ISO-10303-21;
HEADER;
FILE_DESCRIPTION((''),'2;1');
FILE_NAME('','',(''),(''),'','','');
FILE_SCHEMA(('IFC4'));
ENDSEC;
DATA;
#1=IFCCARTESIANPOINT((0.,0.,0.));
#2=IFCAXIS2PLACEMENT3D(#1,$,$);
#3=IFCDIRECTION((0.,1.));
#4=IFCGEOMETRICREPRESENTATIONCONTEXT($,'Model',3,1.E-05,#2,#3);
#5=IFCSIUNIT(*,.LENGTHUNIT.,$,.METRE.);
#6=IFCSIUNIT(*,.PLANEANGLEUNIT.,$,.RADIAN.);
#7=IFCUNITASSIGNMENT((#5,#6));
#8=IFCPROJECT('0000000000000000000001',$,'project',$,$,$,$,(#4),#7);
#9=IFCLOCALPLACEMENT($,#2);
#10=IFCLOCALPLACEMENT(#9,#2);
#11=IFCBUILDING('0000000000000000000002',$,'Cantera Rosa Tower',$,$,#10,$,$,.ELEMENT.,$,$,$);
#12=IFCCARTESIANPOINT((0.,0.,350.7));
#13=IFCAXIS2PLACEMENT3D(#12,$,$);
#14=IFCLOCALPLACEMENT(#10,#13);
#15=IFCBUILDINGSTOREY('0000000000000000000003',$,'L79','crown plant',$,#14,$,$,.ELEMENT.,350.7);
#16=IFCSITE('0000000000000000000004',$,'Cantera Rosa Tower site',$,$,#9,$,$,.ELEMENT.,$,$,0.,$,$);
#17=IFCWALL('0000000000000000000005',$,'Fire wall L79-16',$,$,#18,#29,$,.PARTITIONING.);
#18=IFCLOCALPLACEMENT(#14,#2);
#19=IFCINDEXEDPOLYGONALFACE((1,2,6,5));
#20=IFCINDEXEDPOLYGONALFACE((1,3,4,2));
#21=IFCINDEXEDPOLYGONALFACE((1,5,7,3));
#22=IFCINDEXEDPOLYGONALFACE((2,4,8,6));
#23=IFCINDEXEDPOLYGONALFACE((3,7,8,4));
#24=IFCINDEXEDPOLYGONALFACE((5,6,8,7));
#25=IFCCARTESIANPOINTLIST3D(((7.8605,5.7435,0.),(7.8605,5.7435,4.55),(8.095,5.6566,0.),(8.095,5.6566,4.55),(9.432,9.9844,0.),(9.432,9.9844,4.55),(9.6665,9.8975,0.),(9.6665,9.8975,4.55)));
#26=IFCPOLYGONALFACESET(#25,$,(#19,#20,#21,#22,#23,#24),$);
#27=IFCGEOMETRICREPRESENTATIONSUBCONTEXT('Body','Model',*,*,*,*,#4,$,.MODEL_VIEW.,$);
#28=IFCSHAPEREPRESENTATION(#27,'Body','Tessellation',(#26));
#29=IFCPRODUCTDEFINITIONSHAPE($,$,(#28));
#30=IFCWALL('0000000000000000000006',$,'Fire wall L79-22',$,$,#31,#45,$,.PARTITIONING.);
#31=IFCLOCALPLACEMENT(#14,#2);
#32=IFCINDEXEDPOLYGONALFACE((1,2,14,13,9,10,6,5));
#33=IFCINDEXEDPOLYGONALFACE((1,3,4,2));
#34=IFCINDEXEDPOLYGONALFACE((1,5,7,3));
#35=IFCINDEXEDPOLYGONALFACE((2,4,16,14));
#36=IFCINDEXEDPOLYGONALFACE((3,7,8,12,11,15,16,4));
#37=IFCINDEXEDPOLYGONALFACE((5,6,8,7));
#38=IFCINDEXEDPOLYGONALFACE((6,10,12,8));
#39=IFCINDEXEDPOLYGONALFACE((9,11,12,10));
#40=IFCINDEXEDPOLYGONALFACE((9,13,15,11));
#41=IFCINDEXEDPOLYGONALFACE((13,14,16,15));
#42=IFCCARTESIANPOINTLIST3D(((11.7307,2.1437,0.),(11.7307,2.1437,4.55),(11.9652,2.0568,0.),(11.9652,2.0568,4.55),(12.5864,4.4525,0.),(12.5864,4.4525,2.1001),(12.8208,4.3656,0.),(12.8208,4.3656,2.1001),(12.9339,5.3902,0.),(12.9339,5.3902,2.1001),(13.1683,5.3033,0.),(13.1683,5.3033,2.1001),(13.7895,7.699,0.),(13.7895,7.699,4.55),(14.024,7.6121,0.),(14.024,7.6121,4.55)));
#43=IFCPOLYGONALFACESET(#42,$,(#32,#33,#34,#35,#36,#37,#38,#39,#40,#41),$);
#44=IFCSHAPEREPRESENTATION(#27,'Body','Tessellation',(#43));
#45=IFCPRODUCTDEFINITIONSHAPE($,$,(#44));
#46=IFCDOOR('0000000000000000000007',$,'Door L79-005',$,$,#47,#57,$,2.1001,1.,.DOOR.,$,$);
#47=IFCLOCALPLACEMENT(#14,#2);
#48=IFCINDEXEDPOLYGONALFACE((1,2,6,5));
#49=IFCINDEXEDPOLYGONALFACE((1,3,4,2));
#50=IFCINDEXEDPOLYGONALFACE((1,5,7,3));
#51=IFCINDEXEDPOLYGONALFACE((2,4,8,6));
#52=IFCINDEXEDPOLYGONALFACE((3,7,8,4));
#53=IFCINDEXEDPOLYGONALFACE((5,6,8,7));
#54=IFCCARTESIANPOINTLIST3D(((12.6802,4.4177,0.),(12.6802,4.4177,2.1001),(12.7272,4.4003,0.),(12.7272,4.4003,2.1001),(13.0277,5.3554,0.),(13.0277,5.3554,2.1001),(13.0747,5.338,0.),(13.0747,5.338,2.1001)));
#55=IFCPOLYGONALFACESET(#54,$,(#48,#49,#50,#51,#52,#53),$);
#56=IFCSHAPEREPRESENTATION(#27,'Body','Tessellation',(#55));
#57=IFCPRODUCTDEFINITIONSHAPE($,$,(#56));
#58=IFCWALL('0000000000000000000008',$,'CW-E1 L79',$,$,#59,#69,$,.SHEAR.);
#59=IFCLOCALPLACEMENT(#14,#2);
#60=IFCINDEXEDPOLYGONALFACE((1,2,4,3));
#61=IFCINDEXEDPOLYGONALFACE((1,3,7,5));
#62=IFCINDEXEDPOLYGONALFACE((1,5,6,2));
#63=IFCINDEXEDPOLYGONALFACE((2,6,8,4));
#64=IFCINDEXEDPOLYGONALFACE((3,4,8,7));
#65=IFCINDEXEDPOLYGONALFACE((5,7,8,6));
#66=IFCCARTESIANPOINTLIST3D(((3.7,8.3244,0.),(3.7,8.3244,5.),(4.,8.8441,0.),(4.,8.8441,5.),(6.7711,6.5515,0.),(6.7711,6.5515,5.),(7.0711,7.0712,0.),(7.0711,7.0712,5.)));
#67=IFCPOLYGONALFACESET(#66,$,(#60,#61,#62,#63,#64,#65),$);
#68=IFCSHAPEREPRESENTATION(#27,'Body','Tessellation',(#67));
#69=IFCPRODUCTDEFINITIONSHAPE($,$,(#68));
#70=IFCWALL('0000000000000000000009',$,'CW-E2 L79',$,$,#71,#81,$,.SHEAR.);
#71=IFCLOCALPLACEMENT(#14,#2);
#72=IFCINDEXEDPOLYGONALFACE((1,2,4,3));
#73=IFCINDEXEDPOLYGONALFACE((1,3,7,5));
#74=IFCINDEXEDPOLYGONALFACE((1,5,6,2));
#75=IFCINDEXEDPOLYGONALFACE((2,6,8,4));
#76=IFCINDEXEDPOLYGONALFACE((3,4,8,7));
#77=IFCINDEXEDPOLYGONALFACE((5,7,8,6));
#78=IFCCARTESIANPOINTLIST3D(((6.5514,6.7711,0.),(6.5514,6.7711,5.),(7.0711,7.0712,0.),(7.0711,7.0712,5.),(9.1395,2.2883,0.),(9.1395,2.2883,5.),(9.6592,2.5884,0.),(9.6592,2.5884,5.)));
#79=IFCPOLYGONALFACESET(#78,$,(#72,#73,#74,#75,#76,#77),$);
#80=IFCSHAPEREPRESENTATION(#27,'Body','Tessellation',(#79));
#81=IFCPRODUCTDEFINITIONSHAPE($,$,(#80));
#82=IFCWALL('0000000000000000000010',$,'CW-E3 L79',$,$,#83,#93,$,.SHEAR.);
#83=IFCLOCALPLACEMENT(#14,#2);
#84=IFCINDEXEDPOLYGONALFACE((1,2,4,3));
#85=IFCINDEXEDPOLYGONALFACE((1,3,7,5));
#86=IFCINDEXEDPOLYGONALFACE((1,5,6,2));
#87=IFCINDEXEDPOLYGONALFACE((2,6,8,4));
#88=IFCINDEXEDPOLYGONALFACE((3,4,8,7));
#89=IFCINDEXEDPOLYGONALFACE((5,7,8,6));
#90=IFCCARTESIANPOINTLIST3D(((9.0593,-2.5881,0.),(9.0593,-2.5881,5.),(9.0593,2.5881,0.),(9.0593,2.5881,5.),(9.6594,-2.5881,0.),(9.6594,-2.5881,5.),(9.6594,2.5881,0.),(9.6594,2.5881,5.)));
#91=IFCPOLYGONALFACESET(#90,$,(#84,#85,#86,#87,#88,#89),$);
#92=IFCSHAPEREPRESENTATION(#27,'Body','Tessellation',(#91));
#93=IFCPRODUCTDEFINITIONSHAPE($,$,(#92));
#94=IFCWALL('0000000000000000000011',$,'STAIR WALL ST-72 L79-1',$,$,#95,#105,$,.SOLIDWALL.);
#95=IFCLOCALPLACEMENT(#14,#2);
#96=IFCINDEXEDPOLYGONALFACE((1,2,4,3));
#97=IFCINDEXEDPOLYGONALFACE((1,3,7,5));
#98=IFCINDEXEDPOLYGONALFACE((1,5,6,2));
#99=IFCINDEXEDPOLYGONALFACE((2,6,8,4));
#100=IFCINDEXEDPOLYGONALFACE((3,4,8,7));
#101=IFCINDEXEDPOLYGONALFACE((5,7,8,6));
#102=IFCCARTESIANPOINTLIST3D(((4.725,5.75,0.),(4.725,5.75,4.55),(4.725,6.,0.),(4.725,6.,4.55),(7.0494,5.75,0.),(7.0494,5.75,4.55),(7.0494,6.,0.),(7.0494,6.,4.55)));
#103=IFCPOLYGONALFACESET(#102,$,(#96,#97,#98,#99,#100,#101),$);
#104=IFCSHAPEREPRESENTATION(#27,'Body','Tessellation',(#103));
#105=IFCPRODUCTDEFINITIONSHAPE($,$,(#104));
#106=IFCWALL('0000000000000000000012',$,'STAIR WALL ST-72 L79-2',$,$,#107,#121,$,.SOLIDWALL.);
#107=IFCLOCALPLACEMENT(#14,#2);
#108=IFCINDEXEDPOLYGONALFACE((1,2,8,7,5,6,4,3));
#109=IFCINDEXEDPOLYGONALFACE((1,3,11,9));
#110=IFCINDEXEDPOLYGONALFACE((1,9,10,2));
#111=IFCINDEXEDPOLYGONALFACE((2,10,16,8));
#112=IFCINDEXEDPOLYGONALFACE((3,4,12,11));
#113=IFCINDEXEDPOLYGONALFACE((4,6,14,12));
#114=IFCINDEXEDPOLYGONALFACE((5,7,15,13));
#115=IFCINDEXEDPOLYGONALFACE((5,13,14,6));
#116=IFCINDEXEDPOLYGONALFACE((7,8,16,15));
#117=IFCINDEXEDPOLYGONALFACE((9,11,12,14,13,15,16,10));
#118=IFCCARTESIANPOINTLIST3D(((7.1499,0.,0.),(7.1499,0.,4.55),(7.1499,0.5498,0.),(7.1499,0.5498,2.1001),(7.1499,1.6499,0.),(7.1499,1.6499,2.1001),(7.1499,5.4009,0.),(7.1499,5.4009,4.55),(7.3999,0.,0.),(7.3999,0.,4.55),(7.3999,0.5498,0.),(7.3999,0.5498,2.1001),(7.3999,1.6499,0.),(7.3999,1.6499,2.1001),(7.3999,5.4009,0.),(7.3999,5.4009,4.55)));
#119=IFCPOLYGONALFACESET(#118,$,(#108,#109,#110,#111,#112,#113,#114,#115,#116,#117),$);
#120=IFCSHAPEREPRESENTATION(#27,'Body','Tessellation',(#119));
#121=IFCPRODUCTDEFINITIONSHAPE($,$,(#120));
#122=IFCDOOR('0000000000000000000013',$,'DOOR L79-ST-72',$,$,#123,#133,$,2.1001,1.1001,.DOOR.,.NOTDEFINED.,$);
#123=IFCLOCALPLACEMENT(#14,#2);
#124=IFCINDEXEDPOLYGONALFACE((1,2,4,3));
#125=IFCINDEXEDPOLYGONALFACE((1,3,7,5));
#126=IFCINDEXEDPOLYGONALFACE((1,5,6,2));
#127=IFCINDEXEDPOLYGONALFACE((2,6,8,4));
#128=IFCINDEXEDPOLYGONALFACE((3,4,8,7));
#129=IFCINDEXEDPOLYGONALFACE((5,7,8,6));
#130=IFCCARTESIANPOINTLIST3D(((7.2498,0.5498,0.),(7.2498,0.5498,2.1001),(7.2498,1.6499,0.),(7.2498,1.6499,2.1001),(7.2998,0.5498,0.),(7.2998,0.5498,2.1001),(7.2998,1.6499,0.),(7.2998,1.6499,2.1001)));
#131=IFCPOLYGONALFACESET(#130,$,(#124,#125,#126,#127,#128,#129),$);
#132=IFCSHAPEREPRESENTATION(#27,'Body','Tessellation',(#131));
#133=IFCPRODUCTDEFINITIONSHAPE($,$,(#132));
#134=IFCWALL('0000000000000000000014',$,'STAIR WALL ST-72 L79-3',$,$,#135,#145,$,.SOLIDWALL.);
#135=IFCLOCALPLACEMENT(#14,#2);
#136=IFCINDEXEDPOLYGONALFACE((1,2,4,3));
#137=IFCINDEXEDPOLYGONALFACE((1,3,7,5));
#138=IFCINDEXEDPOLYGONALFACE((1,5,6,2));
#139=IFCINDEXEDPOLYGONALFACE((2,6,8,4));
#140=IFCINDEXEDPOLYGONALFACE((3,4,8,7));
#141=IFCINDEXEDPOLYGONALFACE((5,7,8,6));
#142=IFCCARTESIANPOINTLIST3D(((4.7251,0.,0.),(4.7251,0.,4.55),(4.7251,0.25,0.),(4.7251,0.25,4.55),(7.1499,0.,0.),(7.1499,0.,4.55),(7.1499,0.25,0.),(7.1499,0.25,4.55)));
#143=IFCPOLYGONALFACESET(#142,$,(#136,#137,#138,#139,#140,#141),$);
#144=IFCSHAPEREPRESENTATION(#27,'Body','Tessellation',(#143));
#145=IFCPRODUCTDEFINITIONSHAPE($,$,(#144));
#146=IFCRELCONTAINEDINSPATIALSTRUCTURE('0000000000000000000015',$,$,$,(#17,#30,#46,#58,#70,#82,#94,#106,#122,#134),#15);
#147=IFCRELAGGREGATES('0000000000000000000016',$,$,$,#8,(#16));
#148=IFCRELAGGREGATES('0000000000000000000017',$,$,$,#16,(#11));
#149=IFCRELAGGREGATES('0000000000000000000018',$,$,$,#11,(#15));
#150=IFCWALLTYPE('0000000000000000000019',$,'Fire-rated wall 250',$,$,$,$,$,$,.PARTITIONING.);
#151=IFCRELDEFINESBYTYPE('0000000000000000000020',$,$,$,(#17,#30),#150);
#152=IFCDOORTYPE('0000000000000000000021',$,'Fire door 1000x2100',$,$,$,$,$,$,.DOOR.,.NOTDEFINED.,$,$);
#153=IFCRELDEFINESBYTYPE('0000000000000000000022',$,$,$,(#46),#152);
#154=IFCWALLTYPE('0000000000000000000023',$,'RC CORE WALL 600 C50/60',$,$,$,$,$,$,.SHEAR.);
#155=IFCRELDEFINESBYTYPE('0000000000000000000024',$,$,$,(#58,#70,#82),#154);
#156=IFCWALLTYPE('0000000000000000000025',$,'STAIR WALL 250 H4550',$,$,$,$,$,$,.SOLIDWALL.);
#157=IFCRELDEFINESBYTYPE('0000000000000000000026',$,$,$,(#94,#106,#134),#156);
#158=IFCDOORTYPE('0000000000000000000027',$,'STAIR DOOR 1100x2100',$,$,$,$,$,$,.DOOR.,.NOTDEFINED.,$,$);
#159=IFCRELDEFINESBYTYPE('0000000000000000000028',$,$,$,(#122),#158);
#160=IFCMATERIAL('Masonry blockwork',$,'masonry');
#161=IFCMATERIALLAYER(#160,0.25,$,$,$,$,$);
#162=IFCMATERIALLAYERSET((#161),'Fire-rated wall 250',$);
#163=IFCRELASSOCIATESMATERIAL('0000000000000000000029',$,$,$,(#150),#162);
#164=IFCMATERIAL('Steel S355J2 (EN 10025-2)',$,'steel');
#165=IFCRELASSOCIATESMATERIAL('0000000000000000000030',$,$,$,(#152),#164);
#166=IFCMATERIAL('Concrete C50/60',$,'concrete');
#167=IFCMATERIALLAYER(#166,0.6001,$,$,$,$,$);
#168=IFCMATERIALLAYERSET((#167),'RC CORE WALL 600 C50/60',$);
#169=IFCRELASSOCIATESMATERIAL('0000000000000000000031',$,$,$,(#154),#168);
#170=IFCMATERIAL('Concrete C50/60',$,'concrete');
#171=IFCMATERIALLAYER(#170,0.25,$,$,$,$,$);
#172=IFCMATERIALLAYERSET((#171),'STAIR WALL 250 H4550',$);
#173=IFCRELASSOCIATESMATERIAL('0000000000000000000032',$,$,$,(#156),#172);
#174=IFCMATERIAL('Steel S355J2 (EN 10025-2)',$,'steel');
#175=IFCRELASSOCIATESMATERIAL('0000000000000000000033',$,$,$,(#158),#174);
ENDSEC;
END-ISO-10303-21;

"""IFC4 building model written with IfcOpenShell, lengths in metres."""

from ifc_helpers import new_model, si_unit, direction, frame, frame_2d, origin, place, context, subcontext, project, spatial, rectangle, extrude, material, layer, layer_set, type_object, element, fill, save


model = new_model("IFC4")

# Units and contexts
model_context = context("Model", 3, precision=1e-05, world=origin(), true_north=direction((0.0, 1.0)))
body_context = subcontext(model_context, "Body", "Model", "MODEL_VIEW")
ifc_project = project(units=[si_unit("LENGTHUNIT", "METRE"), si_unit("PLANEANGLEUNIT", "RADIAN")], contexts=[model_context])

# Site, building, storey
site_placement = place(None, origin())
site = spatial("IfcSite", under=ifc_project, at=site_placement, Name="Cantera Rosa Tower site", CompositionType="ELEMENT", RefElevation=0.0)
building_placement = place(site_placement, origin())
building = spatial("IfcBuilding", under=site, at=building_placement, Name="Cantera Rosa Tower", CompositionType="ELEMENT")
storey_placement = place(building_placement, frame((0.0, 0.0, 350.7)))
storey = spatial("IfcBuildingStorey", under=building, at=storey_placement, Name="L79", Description="crown plant", CompositionType="ELEMENT", Elevation=350.7)

# Wall
ifc_material_1 = material(Name="Masonry blockwork", Category="masonry")
ifc_layer_1 = layer(ifc_material_1, 0.25)
ifc_layer_set_1 = layer_set([ifc_layer_1], Name="Fire-rated wall 250")
wall_type_1 = type_object("IfcWallType", Name="Fire-rated wall 250", PredefinedType="PARTITIONING", material=ifc_layer_set_1)
wall_1_placement = place(storey_placement, frame((7.9778, 5.7002, 0.0), z_axis=(0.0, 0.0, 1.0), x_axis=(0.347471, 0.937691, 0.0)))
element("IfcWall", 1, at=wall_1_placement, inside=storey, type_object=wall_type_1, Name="Fire wall L79-16", PredefinedType="PARTITIONING", context=body_context, shape_type="SweptSolid", body=[
    extrude(rectangle(XDim=4.5227, YDim=0.25, at=frame_2d((2.2612, 0.0))), origin(), (0.0, 0.0, 1.0), 4.55),
])

# Wall, opening, door
wall_2_placement = place(storey_placement, frame((11.8479, 2.1001, 0.0), z_axis=(0.0, 0.0, 1.0), x_axis=(0.347504, 0.937679, 0.0)))
wall_2 = element("IfcWall", 2, at=wall_2_placement, inside=storey, type_object=wall_type_1, Name="Fire wall L79-22", PredefinedType="PARTITIONING", context=body_context, shape_type="SweptSolid", body=[
    extrude(rectangle(XDim=5.9246, YDim=0.25, at=frame_2d((2.9624, 0.0))), origin(), (0.0, 0.0, 1.0), 4.55),
])
opening_1_placement = place(wall_2_placement, frame((2.4624, 0.0, 0.0)))
opening_1 = element("IfcOpeningElement", 3, at=opening_1_placement, cuts=wall_2, PredefinedType="OPENING", context=body_context, shape_type="SweptSolid", body=[
    extrude(rectangle(XDim=1.0, YDim=2.1001, at=frame_2d((0.5, 1.05))), frame((0.0, 0.135, 0.0), z_axis=(0.0, -1.0, 0.0), x_axis=(1.0, 0.0, 0.0)), (0.0, 0.0, 1.0), 0.27),
])
ifc_material_2 = material(Name="Steel S355J2 (EN 10025-2)", Category="steel")
door_type_1 = type_object("IfcDoorType", Name="Fire door 1000x2100", OperationType="NOTDEFINED", PredefinedType="DOOR", material=ifc_material_2)
door_1_placement = place(opening_1_placement, origin())
door_1 = element("IfcDoor", 4, at=door_1_placement, inside=storey, type_object=door_type_1, Name="Door L79-005", OverallHeight=2.1001, OverallWidth=1.0, PredefinedType="DOOR", context=body_context, shape_type="SweptSolid", body=[
    extrude(rectangle(XDim=1.0, YDim=2.1001, at=frame_2d((0.5, 1.05))), frame((0.0, 0.0249, 0.0), z_axis=(0.0, -1.0, 0.0), x_axis=(1.0, 0.0, 0.0)), (0.0, 0.0, 1.0), 0.05),
])
fill(opening_1, door_1)

# Walls
ifc_material_3 = material(Name="Concrete C50/60", Category="concrete")
ifc_layer_2 = layer(ifc_material_3, 0.6001)
ifc_layer_set_2 = layer_set([ifc_layer_2], Name="RC CORE WALL 600 C50/60")
wall_type_2 = type_object("IfcWallType", Name="RC CORE WALL 600 C50/60", PredefinedType="SHEAR", material=ifc_layer_set_2)
wall_3_placement = place(storey_placement, frame((3.8501, 8.5842, 0.0), z_axis=(0.0, 0.0, 1.0), x_axis=(0.86604, -0.499975, 0.0)))
element("IfcWall", 5, at=wall_3_placement, inside=storey, type_object=wall_type_2, Name="CW-E1 L79", PredefinedType="SHEAR", context=body_context, shape_type="SweptSolid", body=[
    extrude(rectangle(XDim=3.5461, YDim=0.6001, at=frame_2d((1.7729, 0.0))), origin(), (0.0, 0.0, 1.0), 5.0),
])
for number, where, z_axis, x_axis, name in (
    (6, (6.8113, 6.9211, 0.0), (0.0, 0.0, 1.0), (0.499989, -0.866032, 0.0), "CW-E2 L79"),
    (7, (9.3594, 2.5881, 0.0), (0.0, 0.0, 1.0), (0.0, -1.0, 0.0), "CW-E3 L79"),
):
    element("IfcWall", number, at=place(storey_placement, frame(where, z_axis=z_axis, x_axis=x_axis)), inside=storey, type_object=wall_type_2, Name=name, PredefinedType="SHEAR", context=body_context, shape_type="SweptSolid", body=[
        extrude(rectangle(XDim=5.1763, YDim=0.6001, at=frame_2d((2.5881, 0.0))), origin(), (0.0, 0.0, 1.0), 5.0),
    ])
ifc_material_4 = material(Name="Concrete C50/60", Category="concrete")
ifc_layer_3 = layer(ifc_material_4, 0.25)
ifc_layer_set_3 = layer_set([ifc_layer_3], Name="STAIR WALL 250 H4550")
wall_type_3 = type_object("IfcWallType", Name="STAIR WALL 250 H4550", PredefinedType="SOLIDWALL", material=ifc_layer_set_3)
wall_4_placement = place(storey_placement, frame((4.7251, 5.875, 0.0), z_axis=(0.0, 0.0, 1.0), x_axis=(1.0, 0.0, 0.0)))
element("IfcWall", 8, at=wall_4_placement, inside=storey, type_object=wall_type_3, Name="STAIR WALL ST-72 L79-1", PredefinedType="SOLIDWALL", context=body_context, shape_type="SweptSolid", body=[
    extrude(rectangle(XDim=2.3245, YDim=0.25, at=frame_2d((1.1621, 0.0))), origin(), (0.0, 0.0, 1.0), 4.55),
])

# Wall, opening, door
wall_5_placement = place(storey_placement, frame((7.2749, 5.4009, 0.0), z_axis=(0.0, 0.0, 1.0), x_axis=(0.0, -1.0, 0.0)))
wall_5 = element("IfcWall", 9, at=wall_5_placement, inside=storey, type_object=wall_type_3, Name="STAIR WALL ST-72 L79-2", PredefinedType="SOLIDWALL", context=body_context, shape_type="SweptSolid", body=[
    extrude(rectangle(XDim=5.4009, YDim=0.25, at=frame_2d((2.7004, 0.0))), origin(), (0.0, 0.0, 1.0), 4.55),
])
opening_2_placement = place(wall_5_placement, frame((3.751, 0.0, 0.0)))
opening_2 = element("IfcOpeningElement", 10, at=opening_2_placement, cuts=wall_5, PredefinedType="OPENING", context=body_context, shape_type="SweptSolid", body=[
    extrude(rectangle(XDim=1.1001, YDim=2.1001, at=frame_2d((0.55, 1.05))), frame((0.0, 0.135, 0.0), z_axis=(0.0, -1.0, 0.0), x_axis=(1.0, 0.0, 0.0)), (0.0, 0.0, 1.0), 0.27),
])
ifc_material_5 = material(Name="Steel S355J2 (EN 10025-2)", Category="steel")
door_type_2 = type_object("IfcDoorType", Name="STAIR DOOR 1100x2100", OperationType="NOTDEFINED", PredefinedType="DOOR", material=ifc_material_5)
door_2_placement = place(opening_2_placement, origin())
door_2 = element("IfcDoor", 11, at=door_2_placement, inside=storey, type_object=door_type_2, Name="DOOR L79-ST-72", OperationType="NOTDEFINED", OverallHeight=2.1001, OverallWidth=1.1001, PredefinedType="DOOR", context=body_context, shape_type="SweptSolid", body=[
    extrude(rectangle(XDim=1.1001, YDim=2.1001, at=frame_2d((0.55, 1.05))), frame((0.0, 0.0249, 0.0), z_axis=(0.0, -1.0, 0.0), x_axis=(1.0, 0.0, 0.0)), (0.0, 0.0, 1.0), 0.05),
])
fill(opening_2, door_2)

# Wall
wall_6_placement = place(storey_placement, frame((7.1499, 0.125, 0.0), z_axis=(0.0, 0.0, 1.0), x_axis=(-1.0, 0.0, 0.0)))
element("IfcWall", 12, at=wall_6_placement, inside=storey, type_object=wall_type_3, Name="STAIR WALL ST-72 L79-3", PredefinedType="SOLIDWALL", context=body_context, shape_type="SweptSolid", body=[
    extrude(rectangle(XDim=2.4248, YDim=0.25, at=frame_2d((1.2124, 0.0))), origin(), (0.0, 0.0, 1.0), 4.55),
])

save(model, "model.ifc")
